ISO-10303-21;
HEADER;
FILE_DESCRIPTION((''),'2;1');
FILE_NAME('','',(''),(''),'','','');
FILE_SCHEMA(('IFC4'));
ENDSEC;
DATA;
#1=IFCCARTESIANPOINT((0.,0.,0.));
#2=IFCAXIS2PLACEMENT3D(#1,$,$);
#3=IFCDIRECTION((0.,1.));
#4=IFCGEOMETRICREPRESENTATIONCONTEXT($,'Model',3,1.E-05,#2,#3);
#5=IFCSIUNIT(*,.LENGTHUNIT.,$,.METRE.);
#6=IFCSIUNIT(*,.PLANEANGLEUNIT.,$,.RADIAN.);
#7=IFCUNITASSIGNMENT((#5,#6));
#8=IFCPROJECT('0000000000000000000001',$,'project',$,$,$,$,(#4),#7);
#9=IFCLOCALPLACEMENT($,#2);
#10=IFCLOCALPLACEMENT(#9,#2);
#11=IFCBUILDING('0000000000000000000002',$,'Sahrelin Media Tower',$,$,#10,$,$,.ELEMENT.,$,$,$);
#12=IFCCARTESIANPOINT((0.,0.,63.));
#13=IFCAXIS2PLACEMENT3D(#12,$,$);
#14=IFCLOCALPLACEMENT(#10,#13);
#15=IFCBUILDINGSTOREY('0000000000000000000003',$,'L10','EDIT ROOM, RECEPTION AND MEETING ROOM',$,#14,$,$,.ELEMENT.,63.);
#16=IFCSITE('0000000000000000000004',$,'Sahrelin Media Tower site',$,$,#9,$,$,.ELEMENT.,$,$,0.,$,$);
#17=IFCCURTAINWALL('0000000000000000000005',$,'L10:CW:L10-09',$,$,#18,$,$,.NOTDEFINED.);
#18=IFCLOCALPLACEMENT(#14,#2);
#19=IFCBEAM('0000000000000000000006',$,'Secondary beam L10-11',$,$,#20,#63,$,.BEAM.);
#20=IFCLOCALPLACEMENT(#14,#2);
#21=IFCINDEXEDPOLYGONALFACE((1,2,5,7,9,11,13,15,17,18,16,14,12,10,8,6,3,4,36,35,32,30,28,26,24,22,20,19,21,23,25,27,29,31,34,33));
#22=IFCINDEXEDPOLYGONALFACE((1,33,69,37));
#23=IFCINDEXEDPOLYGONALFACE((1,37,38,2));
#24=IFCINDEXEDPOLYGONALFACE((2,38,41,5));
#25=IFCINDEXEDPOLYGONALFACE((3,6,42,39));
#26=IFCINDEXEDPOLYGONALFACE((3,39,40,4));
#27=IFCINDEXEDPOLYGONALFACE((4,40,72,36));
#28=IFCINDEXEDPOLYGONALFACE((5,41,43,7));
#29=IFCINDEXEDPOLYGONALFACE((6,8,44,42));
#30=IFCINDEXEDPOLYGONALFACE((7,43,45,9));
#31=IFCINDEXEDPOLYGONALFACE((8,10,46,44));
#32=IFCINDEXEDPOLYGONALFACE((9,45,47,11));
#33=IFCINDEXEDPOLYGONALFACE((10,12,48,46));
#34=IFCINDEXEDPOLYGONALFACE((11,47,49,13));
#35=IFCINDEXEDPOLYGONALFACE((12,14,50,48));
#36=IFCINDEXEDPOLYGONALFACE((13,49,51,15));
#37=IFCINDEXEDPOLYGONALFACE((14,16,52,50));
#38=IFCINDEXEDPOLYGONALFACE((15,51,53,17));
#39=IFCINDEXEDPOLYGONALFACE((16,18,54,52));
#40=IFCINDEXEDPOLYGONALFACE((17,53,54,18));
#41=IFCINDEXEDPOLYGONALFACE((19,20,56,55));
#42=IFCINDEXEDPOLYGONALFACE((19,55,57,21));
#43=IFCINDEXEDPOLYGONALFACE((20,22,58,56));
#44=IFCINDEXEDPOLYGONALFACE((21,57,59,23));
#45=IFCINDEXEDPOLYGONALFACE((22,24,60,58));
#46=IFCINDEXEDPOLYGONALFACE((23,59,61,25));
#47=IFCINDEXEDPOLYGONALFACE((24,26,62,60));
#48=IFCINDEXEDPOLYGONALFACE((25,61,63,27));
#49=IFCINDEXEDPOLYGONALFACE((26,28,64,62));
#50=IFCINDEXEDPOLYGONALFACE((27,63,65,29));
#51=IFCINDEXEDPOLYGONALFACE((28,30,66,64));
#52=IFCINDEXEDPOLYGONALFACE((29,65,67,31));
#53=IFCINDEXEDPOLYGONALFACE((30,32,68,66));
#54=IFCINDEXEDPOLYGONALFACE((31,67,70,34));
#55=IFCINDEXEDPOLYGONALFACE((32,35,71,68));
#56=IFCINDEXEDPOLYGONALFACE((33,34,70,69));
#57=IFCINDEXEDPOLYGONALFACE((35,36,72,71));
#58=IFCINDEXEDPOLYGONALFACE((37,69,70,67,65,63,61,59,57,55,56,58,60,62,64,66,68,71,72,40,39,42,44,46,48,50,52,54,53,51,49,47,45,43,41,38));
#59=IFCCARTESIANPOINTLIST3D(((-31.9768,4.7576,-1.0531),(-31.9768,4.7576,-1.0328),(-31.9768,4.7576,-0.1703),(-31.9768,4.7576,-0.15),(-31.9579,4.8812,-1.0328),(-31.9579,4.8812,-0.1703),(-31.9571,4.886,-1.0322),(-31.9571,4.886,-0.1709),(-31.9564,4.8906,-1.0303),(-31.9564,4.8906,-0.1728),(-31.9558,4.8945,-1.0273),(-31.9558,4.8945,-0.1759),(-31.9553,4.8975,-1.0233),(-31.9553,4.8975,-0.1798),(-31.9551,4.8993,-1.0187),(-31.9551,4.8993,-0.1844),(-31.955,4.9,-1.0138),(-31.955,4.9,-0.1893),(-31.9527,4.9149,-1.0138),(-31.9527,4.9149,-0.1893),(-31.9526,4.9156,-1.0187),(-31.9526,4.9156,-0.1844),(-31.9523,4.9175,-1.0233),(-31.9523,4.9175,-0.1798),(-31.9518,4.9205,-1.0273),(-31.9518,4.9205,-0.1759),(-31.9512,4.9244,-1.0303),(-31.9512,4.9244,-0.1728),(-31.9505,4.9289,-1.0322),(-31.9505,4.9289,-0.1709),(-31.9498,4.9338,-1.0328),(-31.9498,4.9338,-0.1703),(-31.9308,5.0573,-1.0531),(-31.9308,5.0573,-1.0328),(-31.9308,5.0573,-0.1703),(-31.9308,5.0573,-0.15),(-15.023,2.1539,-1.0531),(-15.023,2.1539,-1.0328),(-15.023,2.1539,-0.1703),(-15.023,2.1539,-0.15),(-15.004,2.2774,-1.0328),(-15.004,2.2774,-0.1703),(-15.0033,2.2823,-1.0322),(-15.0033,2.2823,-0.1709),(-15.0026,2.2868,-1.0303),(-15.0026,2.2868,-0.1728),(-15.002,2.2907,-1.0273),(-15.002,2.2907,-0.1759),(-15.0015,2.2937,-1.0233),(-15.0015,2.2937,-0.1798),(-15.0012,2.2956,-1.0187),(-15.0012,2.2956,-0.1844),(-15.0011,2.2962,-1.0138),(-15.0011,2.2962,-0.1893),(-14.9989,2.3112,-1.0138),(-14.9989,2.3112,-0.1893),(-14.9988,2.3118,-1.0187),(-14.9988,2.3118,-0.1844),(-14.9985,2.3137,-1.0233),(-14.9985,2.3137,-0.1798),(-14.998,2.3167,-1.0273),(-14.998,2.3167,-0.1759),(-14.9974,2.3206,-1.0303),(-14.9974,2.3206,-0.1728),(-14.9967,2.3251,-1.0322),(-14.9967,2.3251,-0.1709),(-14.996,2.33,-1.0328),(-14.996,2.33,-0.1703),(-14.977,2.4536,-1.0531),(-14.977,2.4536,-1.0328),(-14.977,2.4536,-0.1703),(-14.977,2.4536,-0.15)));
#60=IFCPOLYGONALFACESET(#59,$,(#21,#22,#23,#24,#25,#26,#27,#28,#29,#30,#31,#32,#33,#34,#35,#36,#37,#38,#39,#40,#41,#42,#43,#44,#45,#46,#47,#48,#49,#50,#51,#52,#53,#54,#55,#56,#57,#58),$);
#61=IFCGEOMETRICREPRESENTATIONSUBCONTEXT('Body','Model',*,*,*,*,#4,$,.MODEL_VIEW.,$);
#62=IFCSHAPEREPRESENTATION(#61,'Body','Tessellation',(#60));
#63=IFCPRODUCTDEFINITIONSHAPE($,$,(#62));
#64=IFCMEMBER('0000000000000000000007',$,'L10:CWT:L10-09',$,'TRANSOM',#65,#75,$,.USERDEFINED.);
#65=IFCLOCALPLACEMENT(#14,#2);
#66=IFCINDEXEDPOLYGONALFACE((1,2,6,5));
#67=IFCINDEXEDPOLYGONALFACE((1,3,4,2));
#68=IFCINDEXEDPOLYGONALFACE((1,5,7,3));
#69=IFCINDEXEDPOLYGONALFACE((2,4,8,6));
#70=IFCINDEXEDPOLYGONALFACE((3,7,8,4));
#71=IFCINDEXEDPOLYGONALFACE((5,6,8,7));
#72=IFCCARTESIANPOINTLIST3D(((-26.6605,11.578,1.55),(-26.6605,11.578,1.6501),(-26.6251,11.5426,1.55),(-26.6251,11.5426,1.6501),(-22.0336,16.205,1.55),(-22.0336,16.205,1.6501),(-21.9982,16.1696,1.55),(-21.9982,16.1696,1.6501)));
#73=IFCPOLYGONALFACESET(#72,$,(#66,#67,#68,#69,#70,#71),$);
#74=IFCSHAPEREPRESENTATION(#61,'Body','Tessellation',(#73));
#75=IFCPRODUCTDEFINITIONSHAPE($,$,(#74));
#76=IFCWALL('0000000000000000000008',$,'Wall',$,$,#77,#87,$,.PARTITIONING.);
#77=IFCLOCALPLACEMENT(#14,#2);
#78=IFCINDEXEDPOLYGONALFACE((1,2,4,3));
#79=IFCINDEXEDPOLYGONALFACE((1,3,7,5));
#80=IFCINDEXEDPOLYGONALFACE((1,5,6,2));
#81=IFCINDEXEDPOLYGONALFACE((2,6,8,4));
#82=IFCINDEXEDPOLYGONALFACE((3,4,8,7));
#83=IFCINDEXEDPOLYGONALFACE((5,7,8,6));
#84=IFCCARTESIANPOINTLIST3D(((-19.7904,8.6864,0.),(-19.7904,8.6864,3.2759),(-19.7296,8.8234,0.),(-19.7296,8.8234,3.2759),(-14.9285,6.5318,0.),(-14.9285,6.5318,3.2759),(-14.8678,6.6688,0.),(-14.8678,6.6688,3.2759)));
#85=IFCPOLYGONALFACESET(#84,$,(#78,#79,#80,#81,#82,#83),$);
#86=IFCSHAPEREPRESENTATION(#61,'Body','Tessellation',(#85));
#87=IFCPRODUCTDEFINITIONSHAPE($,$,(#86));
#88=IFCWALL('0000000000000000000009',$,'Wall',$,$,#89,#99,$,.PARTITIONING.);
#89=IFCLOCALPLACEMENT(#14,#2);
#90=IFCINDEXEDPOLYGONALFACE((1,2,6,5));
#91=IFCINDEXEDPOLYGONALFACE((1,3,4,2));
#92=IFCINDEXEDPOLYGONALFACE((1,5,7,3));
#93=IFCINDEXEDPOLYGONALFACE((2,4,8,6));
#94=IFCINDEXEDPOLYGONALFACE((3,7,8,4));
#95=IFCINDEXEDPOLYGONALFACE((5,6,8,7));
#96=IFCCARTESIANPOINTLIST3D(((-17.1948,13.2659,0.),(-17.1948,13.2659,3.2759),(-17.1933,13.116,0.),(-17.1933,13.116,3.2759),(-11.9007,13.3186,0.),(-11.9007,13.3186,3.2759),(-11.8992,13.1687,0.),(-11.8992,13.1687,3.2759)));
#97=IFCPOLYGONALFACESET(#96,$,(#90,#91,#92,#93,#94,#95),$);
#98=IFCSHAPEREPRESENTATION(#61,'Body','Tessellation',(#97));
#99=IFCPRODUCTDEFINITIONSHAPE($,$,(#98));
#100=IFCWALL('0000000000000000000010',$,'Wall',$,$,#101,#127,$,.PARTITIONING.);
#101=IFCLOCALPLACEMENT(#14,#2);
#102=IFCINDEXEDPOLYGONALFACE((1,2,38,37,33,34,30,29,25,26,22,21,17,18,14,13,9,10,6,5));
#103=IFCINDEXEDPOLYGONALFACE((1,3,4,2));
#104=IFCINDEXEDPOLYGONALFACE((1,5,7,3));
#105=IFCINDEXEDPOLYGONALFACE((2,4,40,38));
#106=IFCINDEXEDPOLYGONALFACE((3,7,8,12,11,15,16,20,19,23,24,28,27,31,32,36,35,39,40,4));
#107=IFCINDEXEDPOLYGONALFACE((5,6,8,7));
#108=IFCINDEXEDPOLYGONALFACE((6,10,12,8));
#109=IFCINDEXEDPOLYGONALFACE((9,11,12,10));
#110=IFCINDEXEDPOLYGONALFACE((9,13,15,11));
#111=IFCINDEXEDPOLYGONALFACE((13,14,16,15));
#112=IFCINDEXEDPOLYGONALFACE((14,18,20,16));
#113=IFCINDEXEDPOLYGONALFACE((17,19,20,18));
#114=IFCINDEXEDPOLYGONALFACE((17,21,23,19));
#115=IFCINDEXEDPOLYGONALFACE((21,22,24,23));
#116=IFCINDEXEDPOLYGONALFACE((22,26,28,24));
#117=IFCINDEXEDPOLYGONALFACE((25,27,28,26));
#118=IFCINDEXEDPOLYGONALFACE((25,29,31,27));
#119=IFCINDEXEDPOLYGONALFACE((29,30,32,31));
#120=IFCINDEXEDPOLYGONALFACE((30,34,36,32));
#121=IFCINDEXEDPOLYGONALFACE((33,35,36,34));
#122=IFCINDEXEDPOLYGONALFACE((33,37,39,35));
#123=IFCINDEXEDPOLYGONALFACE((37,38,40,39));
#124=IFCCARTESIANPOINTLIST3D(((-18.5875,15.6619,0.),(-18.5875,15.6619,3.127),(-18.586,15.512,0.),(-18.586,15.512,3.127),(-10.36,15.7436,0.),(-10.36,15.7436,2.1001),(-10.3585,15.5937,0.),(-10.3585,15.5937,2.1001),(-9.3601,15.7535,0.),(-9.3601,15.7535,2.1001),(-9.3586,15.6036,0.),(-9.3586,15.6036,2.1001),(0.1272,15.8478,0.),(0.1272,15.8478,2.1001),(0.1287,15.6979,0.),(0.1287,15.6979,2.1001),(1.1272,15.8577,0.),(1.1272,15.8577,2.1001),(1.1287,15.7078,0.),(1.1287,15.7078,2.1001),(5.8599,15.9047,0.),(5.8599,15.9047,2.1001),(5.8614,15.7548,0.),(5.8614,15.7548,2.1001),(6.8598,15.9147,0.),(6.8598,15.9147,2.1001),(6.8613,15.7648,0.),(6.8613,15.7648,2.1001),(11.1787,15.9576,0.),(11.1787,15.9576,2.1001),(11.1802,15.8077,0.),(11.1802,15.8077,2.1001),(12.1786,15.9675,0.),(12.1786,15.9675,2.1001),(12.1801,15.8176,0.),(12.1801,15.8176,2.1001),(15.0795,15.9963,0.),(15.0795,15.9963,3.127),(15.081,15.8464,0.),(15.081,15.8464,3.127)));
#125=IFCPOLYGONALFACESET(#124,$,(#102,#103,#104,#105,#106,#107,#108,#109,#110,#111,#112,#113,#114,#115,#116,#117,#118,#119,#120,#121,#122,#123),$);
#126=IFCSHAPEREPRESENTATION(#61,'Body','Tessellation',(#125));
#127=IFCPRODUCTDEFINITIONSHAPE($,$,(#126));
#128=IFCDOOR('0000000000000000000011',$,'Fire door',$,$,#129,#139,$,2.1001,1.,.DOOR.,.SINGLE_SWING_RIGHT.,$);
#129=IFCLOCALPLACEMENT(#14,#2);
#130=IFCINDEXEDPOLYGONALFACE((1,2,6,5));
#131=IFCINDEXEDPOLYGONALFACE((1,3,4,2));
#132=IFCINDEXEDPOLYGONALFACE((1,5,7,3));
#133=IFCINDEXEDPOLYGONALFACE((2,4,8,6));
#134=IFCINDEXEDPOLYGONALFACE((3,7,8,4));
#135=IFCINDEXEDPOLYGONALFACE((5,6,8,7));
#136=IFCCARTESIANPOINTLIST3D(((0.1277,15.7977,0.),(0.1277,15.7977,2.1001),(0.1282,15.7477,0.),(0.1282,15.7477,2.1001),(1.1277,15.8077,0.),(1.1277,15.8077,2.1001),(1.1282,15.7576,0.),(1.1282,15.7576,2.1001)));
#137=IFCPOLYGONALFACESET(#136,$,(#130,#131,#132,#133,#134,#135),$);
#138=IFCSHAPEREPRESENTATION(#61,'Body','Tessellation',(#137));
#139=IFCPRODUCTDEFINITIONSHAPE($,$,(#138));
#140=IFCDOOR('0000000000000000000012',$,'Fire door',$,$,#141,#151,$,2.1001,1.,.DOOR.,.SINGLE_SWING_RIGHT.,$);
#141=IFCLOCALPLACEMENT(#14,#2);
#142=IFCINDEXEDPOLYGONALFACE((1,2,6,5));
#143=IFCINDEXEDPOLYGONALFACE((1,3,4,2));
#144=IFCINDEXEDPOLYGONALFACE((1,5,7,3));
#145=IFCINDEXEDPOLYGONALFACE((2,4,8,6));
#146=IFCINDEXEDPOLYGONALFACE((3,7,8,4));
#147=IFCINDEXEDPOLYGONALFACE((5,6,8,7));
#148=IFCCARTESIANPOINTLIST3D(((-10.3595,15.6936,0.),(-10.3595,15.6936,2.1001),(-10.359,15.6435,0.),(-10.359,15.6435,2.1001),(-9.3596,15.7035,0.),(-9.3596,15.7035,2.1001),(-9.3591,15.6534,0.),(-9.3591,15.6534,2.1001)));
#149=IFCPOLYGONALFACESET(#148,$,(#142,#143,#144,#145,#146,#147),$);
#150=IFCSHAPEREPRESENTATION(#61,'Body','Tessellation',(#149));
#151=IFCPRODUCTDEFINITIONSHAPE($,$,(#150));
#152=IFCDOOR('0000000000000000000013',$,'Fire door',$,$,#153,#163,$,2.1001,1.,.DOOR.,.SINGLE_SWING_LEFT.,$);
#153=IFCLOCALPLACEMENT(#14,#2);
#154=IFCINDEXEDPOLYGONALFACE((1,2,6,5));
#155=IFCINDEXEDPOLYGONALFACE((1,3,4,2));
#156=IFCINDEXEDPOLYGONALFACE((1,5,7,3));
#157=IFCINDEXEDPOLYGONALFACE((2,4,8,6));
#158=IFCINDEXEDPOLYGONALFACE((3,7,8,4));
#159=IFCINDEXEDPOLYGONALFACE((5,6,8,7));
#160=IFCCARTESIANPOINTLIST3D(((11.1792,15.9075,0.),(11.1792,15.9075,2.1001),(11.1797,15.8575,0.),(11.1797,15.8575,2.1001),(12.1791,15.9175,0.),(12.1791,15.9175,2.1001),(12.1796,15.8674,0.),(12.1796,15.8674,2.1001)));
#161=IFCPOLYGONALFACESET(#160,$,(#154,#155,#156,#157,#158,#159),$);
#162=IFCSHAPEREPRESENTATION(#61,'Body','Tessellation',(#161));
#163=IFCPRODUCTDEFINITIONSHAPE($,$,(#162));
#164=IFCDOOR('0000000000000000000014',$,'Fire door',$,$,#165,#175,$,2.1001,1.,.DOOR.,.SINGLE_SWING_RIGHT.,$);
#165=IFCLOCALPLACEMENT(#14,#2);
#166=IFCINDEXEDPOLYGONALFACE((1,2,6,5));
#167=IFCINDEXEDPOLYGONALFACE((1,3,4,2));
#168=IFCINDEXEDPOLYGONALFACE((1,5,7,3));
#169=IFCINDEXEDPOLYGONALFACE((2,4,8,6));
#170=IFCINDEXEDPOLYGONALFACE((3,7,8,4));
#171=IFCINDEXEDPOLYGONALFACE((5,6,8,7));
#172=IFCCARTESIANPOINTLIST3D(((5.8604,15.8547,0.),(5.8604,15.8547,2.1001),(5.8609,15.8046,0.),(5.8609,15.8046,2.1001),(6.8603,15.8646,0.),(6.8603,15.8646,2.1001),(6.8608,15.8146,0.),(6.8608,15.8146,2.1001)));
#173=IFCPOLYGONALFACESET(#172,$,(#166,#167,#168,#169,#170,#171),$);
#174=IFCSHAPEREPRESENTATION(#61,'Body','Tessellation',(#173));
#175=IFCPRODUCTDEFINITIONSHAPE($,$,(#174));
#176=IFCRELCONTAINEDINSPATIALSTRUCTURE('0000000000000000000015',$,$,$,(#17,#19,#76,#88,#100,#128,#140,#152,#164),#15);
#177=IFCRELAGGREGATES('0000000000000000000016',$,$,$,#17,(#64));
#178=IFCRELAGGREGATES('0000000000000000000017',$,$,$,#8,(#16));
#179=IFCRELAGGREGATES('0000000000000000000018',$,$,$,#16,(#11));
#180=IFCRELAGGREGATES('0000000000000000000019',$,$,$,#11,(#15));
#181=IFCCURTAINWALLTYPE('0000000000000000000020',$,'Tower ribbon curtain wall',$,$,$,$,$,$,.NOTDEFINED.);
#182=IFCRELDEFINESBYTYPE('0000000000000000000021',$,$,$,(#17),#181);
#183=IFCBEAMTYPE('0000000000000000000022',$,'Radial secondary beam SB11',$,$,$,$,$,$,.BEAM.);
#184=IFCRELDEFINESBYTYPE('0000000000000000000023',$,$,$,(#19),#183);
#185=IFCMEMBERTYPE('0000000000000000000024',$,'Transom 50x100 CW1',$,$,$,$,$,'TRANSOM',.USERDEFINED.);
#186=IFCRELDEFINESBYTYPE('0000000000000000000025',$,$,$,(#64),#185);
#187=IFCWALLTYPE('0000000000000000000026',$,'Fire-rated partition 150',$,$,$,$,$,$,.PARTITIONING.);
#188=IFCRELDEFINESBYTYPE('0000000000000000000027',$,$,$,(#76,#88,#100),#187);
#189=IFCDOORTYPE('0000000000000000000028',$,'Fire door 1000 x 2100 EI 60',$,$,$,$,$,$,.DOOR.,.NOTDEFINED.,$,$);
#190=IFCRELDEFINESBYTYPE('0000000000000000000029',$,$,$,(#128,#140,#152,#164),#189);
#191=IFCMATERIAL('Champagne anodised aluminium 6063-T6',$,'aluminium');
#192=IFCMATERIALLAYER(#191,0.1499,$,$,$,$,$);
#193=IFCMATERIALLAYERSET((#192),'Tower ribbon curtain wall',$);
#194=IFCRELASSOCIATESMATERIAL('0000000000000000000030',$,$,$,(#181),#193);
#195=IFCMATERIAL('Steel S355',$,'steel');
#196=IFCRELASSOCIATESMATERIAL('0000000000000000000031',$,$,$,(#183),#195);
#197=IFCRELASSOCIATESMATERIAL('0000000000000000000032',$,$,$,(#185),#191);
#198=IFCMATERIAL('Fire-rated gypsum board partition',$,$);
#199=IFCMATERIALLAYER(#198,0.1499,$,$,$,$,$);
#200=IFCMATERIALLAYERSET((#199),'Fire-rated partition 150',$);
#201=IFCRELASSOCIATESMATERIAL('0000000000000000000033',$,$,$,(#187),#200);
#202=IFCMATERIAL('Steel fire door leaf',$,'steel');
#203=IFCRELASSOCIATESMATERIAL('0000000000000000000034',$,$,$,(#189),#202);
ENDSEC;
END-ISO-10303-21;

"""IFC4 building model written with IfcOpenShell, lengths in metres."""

from ifc_helpers import new_model, si_unit, direction, frame, frame_2d, origin, origin_2d, place, context, subcontext, project, spatial, rectangle, i_section, extrude, material, layer, layer_set, material_profile, profile_set, type_object, element, fill, aggregate, save


model = new_model("IFC4")

# Units and contexts
model_context = context("Model", 3, precision=1e-05, world=origin(), true_north=direction((0.0, 1.0)))
body_context = subcontext(model_context, "Body", "Model", "MODEL_VIEW")
ifc_project = project(units=[si_unit("LENGTHUNIT", "METRE"), si_unit("PLANEANGLEUNIT", "RADIAN")], contexts=[model_context])

# Site, building, storey
site_placement = place(None, origin())
site = spatial("IfcSite", under=ifc_project, at=site_placement, Name="Sahrelin Media Tower site", CompositionType="ELEMENT", RefElevation=0.0)
building_placement = place(site_placement, origin())
building = spatial("IfcBuilding", under=site, at=building_placement, Name="Sahrelin Media Tower", CompositionType="ELEMENT")
storey_placement = place(building_placement, frame((0.0, 0.0, 63.0)))
storey = spatial("IfcBuildingStorey", under=building, at=storey_placement, Name="L10", Description="EDIT ROOM, RECEPTION AND MEETING ROOM", CompositionType="ELEMENT", Elevation=63.0)

# Curtain wall
ifc_material_1 = material(Name="Champagne anodised aluminium 6063-T6", Category="aluminium")
ifc_layer_1 = layer(ifc_material_1, 0.1499)
ifc_layer_set_1 = layer_set([ifc_layer_1], Name="Tower ribbon curtain wall")
curtain_wall_type = type_object("IfcCurtainWallType", Name="Tower ribbon curtain wall", PredefinedType="NOTDEFINED", material=ifc_layer_set_1)
curtain_wall_placement = place(storey_placement, frame((-24.4673, 14.0115, 0.0), z_axis=(0.0, 0.0, 1.0), x_axis=(1.0, 0.0, 0.0)))
curtain_wall = element("IfcCurtainWall", 1, at=curtain_wall_placement, inside=storey, type_object=curtain_wall_type, Name="L10:CW:L10-09", PredefinedType="NOTDEFINED")

# Beam
ifc_material_2 = material(Name="Steel S355", Category="steel")
ifc_material_profile_1 = material_profile(ifc_material_2, i_section(OverallWidth=0.3032, OverallDepth=0.9031, WebThickness=0.0151, FlangeThickness=0.0203, FilletRadius=0.019, at=origin_2d()), Name="UB 914x305x201")
ifc_profile_set_1 = profile_set([ifc_material_profile_1], Name="Steel S355")
beam_type_1 = type_object("IfcBeamType", Name="Radial secondary beam SB11", PredefinedType="BEAM", material=ifc_profile_set_1)
beam_1_placement = place(storey_placement, frame((-15.0, 2.3037, -0.6016), z_axis=(-0.988411, 0.151799, 0.0), x_axis=(-0.151799, -0.988411, 0.0)))
element("IfcBeam", 2, at=beam_1_placement, inside=storey, type_object=beam_type_1, Name="Secondary beam L10-11", PredefinedType="BEAM", context=body_context, shape_type="SweptSolid", body=[
    extrude(i_section(OverallWidth=0.3032, OverallDepth=0.9031, WebThickness=0.0151, FlangeThickness=0.0203, FilletRadius=0.019, at=origin_2d()), origin(), (0.0, 0.0, 1.0), 17.1526),
])

# Member
ifc_material_profile_2 = material_profile(ifc_material_1, rectangle(XDim=0.05, YDim=0.1001, at=origin_2d()), Name="Transom 50x100")
ifc_profile_set_2 = profile_set([ifc_material_profile_2], Name="Champagne anodised aluminium 6063-T6")
member_type_1 = type_object("IfcMemberType", Name="Transom 50x100 CW1", ElementType="TRANSOM", PredefinedType="USERDEFINED", material=ifc_profile_set_2)
member_1_placement = place(storey_placement, frame((-22.0159, 16.1873, 1.6001), z_axis=(-0.707107, -0.707107, 0.0), x_axis=(0.707107, -0.707107, 0.0)))
member_1 = element("IfcMember", 3, at=member_1_placement, type_object=member_type_1, Name="L10:CWT:L10-09", ObjectType="TRANSOM", PredefinedType="USERDEFINED", context=body_context, shape_type="SweptSolid", body=[
    extrude(rectangle(XDim=0.05, YDim=0.1001, at=origin_2d()), origin(), (0.0, 0.0, 1.0), 6.5435),
])
aggregate(curtain_wall, [member_1])

# Walls
ifc_material_3 = material(Name="Fire-rated gypsum board partition")
ifc_layer_2 = layer(ifc_material_3, 0.1499)
ifc_layer_set_2 = layer_set([ifc_layer_2], Name="Fire-rated partition 150")
wall_type = type_object("IfcWallType", Name="Fire-rated partition 150", PredefinedType="PARTITIONING", material=ifc_layer_set_2)
wall_1_placement = place(storey_placement, frame((-19.76, 8.7549, 0.0), z_axis=(0.0, 0.0, 1.0), x_axis=(0.914248, -0.405154, 0.0)))
element("IfcWall", 4, at=wall_1_placement, inside=storey, type_object=wall_type, Name="Wall", PredefinedType="PARTITIONING", context=body_context, shape_type="SweptSolid", body=[
    extrude(rectangle(XDim=5.3179, YDim=0.1499, at=frame_2d((2.6589, 0.0))), origin(), (0.0, 0.0, 1.0), 3.2759),
])
wall_2_placement = place(storey_placement, frame((-17.1941, 13.1909, 0.0), z_axis=(0.0, 0.0, 1.0), x_axis=(0.99995, 0.00996, 0.0)))
element("IfcWall", 5, at=wall_2_placement, inside=storey, type_object=wall_type, Name="Wall", PredefinedType="PARTITIONING", context=body_context, shape_type="SweptSolid", body=[
    extrude(rectangle(XDim=5.2944, YDim=0.1499, at=frame_2d((2.6472, 0.0))), origin(), (0.0, 0.0, 1.0), 3.2759),
])

# Wall, openings, doors
wall_3_placement = place(storey_placement, frame((-18.5869, 15.5869, 0.0), z_axis=(0.0, 0.0, 1.0), x_axis=(0.999951, 0.009934, 0.0)))
wall_3 = element("IfcWall", 6, at=wall_3_placement, inside=storey, type_object=wall_type, Name="Wall", PredefinedType="PARTITIONING", context=body_context, shape_type="SweptSolid", body=[
    extrude(rectangle(XDim=33.6687, YDim=0.1499, at=frame_2d((16.8345, 0.0))), origin(), (0.0, 0.0, 1.0), 3.127),
])
opening_1_placement = place(wall_3_placement, frame((18.7158, 0.0, 0.0)))
opening_1 = element("IfcOpeningElement", 7, at=opening_1_placement, cuts=wall_3, PredefinedType="OPENING", context=body_context, shape_type="SweptSolid", body=[
    extrude(rectangle(XDim=1.0, YDim=2.1001, at=frame_2d((0.5, 1.05))), frame((0.0, 0.075, 0.0), z_axis=(0.0, -1.0, 0.0), x_axis=(1.0, 0.0, 0.0)), (0.0, 0.0, 1.0), 0.1499),
])
opening_2_placement = place(wall_3_placement, frame((8.228, 0.0, 0.0)))
opening_2 = element("IfcOpeningElement", 8, at=opening_2_placement, cuts=wall_3, PredefinedType="OPENING", context=body_context, shape_type="SweptSolid", body=[
    extrude(rectangle(XDim=1.0, YDim=2.1001, at=frame_2d((0.5, 1.05))), frame((0.0, 0.075, 0.0), z_axis=(0.0, -1.0, 0.0), x_axis=(1.0, 0.0, 0.0)), (0.0, 0.0, 1.0), 0.1499),
])
opening_3_placement = place(wall_3_placement, frame((29.7678, 0.0, 0.0)))
opening_3 = element("IfcOpeningElement", 9, at=opening_3_placement, cuts=wall_3, PredefinedType="OPENING", context=body_context, shape_type="SweptSolid", body=[
    extrude(rectangle(XDim=1.0, YDim=2.1001, at=frame_2d((0.5, 1.05))), frame((0.0, 0.075, 0.0), z_axis=(0.0, -1.0, 0.0), x_axis=(1.0, 0.0, 0.0)), (0.0, 0.0, 1.0), 0.1499),
])
opening_4_placement = place(wall_3_placement, frame((24.4487, 0.0, 0.0)))
opening_4 = element("IfcOpeningElement", 10, at=opening_4_placement, cuts=wall_3, PredefinedType="OPENING", context=body_context, shape_type="SweptSolid", body=[
    extrude(rectangle(XDim=1.0, YDim=2.1001, at=frame_2d((0.5, 1.05))), frame((0.0, 0.075, 0.0), z_axis=(0.0, -1.0, 0.0), x_axis=(1.0, 0.0, 0.0)), (0.0, 0.0, 1.0), 0.1499),
])
ifc_material_4 = material(Name="Steel fire door leaf", Category="steel")
door_type = type_object("IfcDoorType", Name="Fire door 1000 x 2100 EI 60", OperationType="NOTDEFINED", PredefinedType="DOOR", material=ifc_material_4)
door_1_placement = place(opening_1_placement, origin())
door_1 = element("IfcDoor", 11, at=door_1_placement, inside=storey, type_object=door_type, Name="Fire door", OperationType="SINGLE_SWING_RIGHT", OverallHeight=2.1001, OverallWidth=1.0, PredefinedType="DOOR", context=body_context, shape_type="SweptSolid", body=[
    extrude(rectangle(XDim=1.0, YDim=2.1001, at=frame_2d((0.5, 1.05))), frame((0.0, 0.0249, 0.0), z_axis=(0.0, -1.0, 0.0), x_axis=(1.0, 0.0, 0.0)), (0.0, 0.0, 1.0), 0.05),
])
fill(opening_1, door_1)
door_2_placement = place(opening_2_placement, origin())
door_2 = element("IfcDoor", 12, at=door_2_placement, inside=storey, type_object=door_type, Name="Fire door", OperationType="SINGLE_SWING_RIGHT", OverallHeight=2.1001, OverallWidth=1.0, PredefinedType="DOOR", context=body_context, shape_type="SweptSolid", body=[
    extrude(rectangle(XDim=1.0, YDim=2.1001, at=frame_2d((0.5, 1.05))), frame((0.0, 0.0249, 0.0), z_axis=(0.0, -1.0, 0.0), x_axis=(1.0, 0.0, 0.0)), (0.0, 0.0, 1.0), 0.05),
])
fill(opening_2, door_2)
door_3_placement = place(opening_3_placement, origin())
door_3 = element("IfcDoor", 13, at=door_3_placement, inside=storey, type_object=door_type, Name="Fire door", OperationType="SINGLE_SWING_LEFT", OverallHeight=2.1001, OverallWidth=1.0, PredefinedType="DOOR", context=body_context, shape_type="SweptSolid", body=[
    extrude(rectangle(XDim=1.0, YDim=2.1001, at=frame_2d((0.5, 1.05))), frame((0.0, 0.0249, 0.0), z_axis=(0.0, -1.0, 0.0), x_axis=(1.0, 0.0, 0.0)), (0.0, 0.0, 1.0), 0.05),
])
fill(opening_3, door_3)
door_4_placement = place(opening_4_placement, origin())
door_4 = element("IfcDoor", 14, at=door_4_placement, inside=storey, type_object=door_type, Name="Fire door", OperationType="SINGLE_SWING_RIGHT", OverallHeight=2.1001, OverallWidth=1.0, PredefinedType="DOOR", context=body_context, shape_type="SweptSolid", body=[
    extrude(rectangle(XDim=1.0, YDim=2.1001, at=frame_2d((0.5, 1.05))), frame((0.0, 0.0249, 0.0), z_axis=(0.0, -1.0, 0.0), x_axis=(1.0, 0.0, 0.0)), (0.0, 0.0, 1.0), 0.05),
])
fill(opening_4, door_4)

save(model, "model.ifc")
